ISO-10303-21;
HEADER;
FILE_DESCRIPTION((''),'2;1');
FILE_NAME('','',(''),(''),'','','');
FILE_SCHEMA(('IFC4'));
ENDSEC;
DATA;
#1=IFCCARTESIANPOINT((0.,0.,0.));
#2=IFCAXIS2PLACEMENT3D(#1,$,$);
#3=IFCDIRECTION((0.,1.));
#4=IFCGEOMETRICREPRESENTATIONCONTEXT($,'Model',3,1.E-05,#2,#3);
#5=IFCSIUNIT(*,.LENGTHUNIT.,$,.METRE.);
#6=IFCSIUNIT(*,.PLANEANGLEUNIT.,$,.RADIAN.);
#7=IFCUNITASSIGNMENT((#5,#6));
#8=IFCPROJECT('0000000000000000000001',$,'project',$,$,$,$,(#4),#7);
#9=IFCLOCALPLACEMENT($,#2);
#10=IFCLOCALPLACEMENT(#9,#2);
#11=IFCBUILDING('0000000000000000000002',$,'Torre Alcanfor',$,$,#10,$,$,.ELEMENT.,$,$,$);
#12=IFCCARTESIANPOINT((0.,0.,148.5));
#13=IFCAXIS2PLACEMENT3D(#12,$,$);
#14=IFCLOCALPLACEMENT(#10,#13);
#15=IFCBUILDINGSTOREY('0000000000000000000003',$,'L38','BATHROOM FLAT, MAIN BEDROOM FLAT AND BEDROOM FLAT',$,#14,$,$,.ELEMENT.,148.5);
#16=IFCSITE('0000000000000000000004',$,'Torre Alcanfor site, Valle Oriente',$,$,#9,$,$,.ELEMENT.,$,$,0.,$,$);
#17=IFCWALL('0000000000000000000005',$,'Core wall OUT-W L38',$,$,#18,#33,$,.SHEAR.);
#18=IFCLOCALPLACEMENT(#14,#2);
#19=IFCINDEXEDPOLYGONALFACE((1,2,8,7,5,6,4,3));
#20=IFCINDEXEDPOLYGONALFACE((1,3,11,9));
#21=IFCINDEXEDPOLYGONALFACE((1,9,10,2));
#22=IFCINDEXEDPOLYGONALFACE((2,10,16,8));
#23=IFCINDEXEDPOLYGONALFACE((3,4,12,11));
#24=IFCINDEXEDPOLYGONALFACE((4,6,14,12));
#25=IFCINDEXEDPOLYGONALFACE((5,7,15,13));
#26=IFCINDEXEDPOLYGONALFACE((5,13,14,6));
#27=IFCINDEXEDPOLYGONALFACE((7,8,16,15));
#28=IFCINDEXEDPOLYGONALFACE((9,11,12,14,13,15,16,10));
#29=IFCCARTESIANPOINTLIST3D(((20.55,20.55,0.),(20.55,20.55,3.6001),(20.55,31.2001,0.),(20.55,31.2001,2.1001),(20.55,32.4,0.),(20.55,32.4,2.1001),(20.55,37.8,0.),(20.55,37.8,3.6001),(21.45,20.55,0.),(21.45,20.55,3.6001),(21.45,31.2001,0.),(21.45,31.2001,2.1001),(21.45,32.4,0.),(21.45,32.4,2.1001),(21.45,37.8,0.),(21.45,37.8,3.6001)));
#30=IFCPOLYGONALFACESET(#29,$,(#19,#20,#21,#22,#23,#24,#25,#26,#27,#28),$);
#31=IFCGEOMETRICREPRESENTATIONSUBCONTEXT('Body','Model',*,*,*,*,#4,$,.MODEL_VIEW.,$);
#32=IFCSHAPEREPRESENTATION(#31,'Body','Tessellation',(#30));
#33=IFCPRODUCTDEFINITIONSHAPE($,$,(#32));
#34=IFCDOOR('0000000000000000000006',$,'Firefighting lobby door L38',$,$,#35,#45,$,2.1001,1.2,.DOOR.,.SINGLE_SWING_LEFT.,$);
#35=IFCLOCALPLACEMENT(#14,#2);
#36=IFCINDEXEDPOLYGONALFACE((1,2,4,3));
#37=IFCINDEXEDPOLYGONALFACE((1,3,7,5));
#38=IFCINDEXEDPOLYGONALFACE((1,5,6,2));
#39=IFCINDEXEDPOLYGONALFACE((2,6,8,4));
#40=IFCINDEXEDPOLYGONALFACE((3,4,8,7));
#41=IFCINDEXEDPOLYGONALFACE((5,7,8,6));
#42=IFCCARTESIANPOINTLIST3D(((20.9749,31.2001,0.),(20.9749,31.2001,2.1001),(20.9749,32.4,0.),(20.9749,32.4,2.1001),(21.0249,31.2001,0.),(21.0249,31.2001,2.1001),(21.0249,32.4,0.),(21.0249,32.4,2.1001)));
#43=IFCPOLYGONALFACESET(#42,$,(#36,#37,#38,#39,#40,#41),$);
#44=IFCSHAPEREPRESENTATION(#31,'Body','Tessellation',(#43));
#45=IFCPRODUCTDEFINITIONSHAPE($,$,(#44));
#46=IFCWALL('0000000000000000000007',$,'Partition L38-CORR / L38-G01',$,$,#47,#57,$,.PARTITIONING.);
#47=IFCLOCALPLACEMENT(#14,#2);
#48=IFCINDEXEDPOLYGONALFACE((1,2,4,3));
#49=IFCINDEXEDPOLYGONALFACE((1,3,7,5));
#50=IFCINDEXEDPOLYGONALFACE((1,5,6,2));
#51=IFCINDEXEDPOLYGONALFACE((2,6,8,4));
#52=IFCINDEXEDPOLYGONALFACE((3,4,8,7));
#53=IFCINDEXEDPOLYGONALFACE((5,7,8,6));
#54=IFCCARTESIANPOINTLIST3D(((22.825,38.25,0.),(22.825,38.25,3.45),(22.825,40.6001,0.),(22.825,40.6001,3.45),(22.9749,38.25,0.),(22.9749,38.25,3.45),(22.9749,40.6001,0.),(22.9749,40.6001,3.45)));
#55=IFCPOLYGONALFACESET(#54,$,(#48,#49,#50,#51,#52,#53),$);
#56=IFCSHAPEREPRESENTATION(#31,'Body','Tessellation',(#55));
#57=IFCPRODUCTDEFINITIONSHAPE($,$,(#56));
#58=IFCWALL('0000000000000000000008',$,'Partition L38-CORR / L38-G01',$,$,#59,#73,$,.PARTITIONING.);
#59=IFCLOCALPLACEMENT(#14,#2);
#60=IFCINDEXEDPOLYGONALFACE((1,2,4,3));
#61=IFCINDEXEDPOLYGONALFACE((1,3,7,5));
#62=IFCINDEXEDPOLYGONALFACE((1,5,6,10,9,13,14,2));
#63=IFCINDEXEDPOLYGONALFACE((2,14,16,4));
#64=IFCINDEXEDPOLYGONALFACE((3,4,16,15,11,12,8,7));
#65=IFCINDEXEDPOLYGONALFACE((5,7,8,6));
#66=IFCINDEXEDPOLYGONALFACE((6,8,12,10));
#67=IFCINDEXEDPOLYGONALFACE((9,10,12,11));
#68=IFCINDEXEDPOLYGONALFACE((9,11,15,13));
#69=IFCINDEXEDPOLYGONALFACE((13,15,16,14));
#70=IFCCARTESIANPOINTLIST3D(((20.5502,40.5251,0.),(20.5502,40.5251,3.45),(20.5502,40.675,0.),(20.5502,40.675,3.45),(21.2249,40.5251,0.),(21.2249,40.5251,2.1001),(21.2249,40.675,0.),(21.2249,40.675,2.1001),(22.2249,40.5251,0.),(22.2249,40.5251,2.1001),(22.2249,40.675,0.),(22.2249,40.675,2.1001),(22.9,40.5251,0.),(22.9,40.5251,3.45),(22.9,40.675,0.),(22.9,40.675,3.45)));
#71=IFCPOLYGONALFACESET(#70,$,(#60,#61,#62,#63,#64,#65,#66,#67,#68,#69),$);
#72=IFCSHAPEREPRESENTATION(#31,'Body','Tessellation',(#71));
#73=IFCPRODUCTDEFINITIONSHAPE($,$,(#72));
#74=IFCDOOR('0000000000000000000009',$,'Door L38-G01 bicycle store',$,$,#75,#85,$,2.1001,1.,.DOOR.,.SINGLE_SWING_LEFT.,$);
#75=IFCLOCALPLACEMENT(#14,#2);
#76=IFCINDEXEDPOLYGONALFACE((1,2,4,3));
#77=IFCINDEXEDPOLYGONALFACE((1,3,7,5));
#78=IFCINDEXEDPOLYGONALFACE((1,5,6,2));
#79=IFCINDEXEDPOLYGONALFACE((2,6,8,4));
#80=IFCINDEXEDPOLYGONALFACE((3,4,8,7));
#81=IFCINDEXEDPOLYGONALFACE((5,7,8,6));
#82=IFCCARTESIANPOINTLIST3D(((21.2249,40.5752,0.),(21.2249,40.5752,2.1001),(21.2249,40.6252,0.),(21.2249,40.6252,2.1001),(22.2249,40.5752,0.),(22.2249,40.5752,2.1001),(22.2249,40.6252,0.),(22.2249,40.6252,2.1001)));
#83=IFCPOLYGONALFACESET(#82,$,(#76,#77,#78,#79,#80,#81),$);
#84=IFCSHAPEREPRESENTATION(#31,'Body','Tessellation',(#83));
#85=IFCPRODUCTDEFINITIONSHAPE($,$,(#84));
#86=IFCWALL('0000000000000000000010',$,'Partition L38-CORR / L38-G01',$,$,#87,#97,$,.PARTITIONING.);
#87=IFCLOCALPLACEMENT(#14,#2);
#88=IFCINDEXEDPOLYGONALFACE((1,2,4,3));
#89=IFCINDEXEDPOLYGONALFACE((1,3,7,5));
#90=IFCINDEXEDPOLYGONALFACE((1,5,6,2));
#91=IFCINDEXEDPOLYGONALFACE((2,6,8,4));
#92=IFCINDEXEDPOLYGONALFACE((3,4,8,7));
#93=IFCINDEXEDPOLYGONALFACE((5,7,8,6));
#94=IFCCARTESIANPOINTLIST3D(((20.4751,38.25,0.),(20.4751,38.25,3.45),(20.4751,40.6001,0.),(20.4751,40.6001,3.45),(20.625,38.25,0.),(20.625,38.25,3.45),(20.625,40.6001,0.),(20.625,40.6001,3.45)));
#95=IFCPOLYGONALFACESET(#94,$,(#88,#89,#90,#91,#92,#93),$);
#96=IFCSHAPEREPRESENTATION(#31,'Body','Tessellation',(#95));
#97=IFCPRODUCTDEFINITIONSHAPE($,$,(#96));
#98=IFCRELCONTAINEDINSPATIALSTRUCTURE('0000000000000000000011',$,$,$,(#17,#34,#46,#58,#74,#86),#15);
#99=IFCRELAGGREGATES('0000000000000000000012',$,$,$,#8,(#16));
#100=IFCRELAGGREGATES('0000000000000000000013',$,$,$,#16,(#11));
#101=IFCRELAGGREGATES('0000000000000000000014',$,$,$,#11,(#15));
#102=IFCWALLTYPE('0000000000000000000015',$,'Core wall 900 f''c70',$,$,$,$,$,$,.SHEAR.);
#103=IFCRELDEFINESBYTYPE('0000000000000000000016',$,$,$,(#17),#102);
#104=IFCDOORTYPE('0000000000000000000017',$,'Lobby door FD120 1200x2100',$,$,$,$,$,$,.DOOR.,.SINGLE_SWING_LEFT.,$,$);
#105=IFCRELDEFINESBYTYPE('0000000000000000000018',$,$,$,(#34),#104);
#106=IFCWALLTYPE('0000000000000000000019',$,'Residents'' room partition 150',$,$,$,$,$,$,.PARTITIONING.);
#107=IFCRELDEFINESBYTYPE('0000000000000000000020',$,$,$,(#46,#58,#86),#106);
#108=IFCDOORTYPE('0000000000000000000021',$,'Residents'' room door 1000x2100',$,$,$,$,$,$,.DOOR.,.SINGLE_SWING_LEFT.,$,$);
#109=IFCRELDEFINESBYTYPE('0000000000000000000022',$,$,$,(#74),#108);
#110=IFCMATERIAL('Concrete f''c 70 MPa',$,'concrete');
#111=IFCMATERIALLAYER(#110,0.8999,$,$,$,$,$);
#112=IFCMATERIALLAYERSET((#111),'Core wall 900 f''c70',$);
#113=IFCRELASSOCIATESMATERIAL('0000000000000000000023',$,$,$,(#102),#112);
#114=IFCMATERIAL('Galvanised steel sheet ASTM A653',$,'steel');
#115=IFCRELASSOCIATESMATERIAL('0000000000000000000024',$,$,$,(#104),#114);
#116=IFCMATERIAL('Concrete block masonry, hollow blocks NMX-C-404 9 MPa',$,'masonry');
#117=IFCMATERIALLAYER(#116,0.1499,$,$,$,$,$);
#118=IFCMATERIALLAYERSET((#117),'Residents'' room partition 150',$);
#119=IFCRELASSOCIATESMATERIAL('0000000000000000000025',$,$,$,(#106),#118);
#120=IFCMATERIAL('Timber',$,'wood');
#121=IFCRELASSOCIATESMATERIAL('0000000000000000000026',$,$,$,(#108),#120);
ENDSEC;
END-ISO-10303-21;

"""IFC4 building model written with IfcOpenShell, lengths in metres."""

from ifc_helpers import new_model, si_unit, direction, frame, frame_2d, origin, place, context, subcontext, project, spatial, rectangle, extrude, material, layer, layer_set, type_object, element, fill, save


model = new_model("IFC4")

# Units and contexts
model_context = context("Model", 3, precision=1e-05, world=origin(), true_north=direction((0.0, 1.0)))
body_context = subcontext(model_context, "Body", "Model", "MODEL_VIEW")
ifc_project = project(units=[si_unit("LENGTHUNIT", "METRE"), si_unit("PLANEANGLEUNIT", "RADIAN")], contexts=[model_context])

# Site, building, storey
site_placement = place(None, origin())
site = spatial("IfcSite", under=ifc_project, at=site_placement, Name="Torre Alcanfor site, Valle Oriente", CompositionType="ELEMENT", RefElevation=0.0)
building_placement = place(site_placement, origin())
building = spatial("IfcBuilding", under=site, at=building_placement, Name="Torre Alcanfor", CompositionType="ELEMENT")
storey_placement = place(building_placement, frame((0.0, 0.0, 148.5)))
storey = spatial("IfcBuildingStorey", under=building, at=storey_placement, Name="L38", Description="BATHROOM FLAT, MAIN BEDROOM FLAT AND BEDROOM FLAT", CompositionType="ELEMENT", Elevation=148.5)

# Wall, opening, door
ifc_material_1 = material(Name="Concrete f'c 70 MPa", Category="concrete")
ifc_layer_1 = layer(ifc_material_1, 0.8999)
ifc_layer_set_1 = layer_set([ifc_layer_1], Name="Core wall 900 f'c70")
wall_type_1 = type_object("IfcWallType", Name="Core wall 900 f'c70", PredefinedType="SHEAR", material=ifc_layer_set_1)
wall_1_placement = place(storey_placement, frame((21.0, 37.8, 0.0), z_axis=(0.0, 0.0, 1.0), x_axis=(0.0, -1.0, 0.0)))
wall_1 = element("IfcWall", 1, at=wall_1_placement, inside=storey, type_object=wall_type_1, Name="Core wall OUT-W L38", PredefinedType="SHEAR", context=body_context, shape_type="SweptSolid", body=[
    extrude(rectangle(XDim=17.25, YDim=0.8999, at=frame_2d((8.625, 0.0))), origin(), (0.0, 0.0, 1.0), 3.6001),
])
opening_1_placement = place(wall_1_placement, frame((5.3999, 0.0, 0.0)))
opening_1 = element("IfcOpeningElement", 2, at=opening_1_placement, cuts=wall_1, PredefinedType="OPENING", context=body_context, shape_type="SweptSolid", body=[
    extrude(rectangle(XDim=1.2, YDim=2.1001, at=frame_2d((0.6001, 1.05))), frame((0.0, 0.46, 0.0), z_axis=(0.0, -1.0, 0.0), x_axis=(1.0, 0.0, 0.0)), (0.0, 0.0, 1.0), 0.9199),
])
ifc_material_2 = material(Name="Galvanised steel sheet ASTM A653", Category="steel")
door_type_1 = type_object("IfcDoorType", Name="Lobby door FD120 1200x2100", OperationType="SINGLE_SWING_LEFT", PredefinedType="DOOR", material=ifc_material_2)
door_1_placement = place(opening_1_placement, origin())
door_1 = element("IfcDoor", 3, at=door_1_placement, inside=storey, type_object=door_type_1, Name="Firefighting lobby door L38", OperationType="SINGLE_SWING_LEFT", OverallHeight=2.1001, OverallWidth=1.2, PredefinedType="DOOR", context=body_context, shape_type="SweptSolid", body=[
    extrude(rectangle(XDim=1.2, YDim=2.1001, at=frame_2d((0.6001, 1.05))), frame((0.0, 0.0249, 0.0), z_axis=(0.0, -1.0, 0.0), x_axis=(1.0, 0.0, 0.0)), (0.0, 0.0, 1.0), 0.05),
])
fill(opening_1, door_1)

# Wall
ifc_material_3 = material(Name="Concrete block masonry, hollow blocks NMX-C-404 9 MPa", Category="masonry")
ifc_layer_2 = layer(ifc_material_3, 0.1499)
ifc_layer_set_2 = layer_set([ifc_layer_2], Name="Residents' room partition 150")
wall_type_2 = type_object("IfcWallType", Name="Residents' room partition 150", PredefinedType="PARTITIONING", material=ifc_layer_set_2)
wall_2_placement = place(storey_placement, frame((22.8999, 38.25, 0.0), z_axis=(0.0, 0.0, 1.0), x_axis=(0.0, 1.0, 0.0)))
element("IfcWall", 4, at=wall_2_placement, inside=storey, type_object=wall_type_2, Name="Partition L38-CORR / L38-G01", PredefinedType="PARTITIONING", context=body_context, shape_type="SweptSolid", body=[
    extrude(rectangle(XDim=2.3501, YDim=0.1499, at=frame_2d((1.175, 0.0))), origin(), (0.0, 0.0, 1.0), 3.45),
])

# Wall, opening, door
wall_3_placement = place(storey_placement, frame((22.8999, 40.6001, 0.0), z_axis=(0.0, 0.0, 1.0), x_axis=(-1.0, 0.0, 0.0)))
wall_3 = element("IfcWall", 5, at=wall_3_placement, inside=storey, type_object=wall_type_2, Name="Partition L38-CORR / L38-G01", PredefinedType="PARTITIONING", context=body_context, shape_type="SweptSolid", body=[
    extrude(rectangle(XDim=2.3499, YDim=0.1499, at=frame_2d((1.1748, 0.0))), origin(), (0.0, 0.0, 1.0), 3.45),
])
opening_2_placement = place(wall_3_placement, frame((0.675, 0.0, 0.0)))
opening_2 = element("IfcOpeningElement", 6, at=opening_2_placement, cuts=wall_3, PredefinedType="OPENING", context=body_context, shape_type="SweptSolid", body=[
    extrude(rectangle(XDim=1.0, YDim=2.1001, at=frame_2d((0.5, 1.05))), frame((0.0, 0.085, 0.0), z_axis=(0.0, -1.0, 0.0), x_axis=(1.0, 0.0, 0.0)), (0.0, 0.0, 1.0), 0.1699),
])
ifc_material_4 = material(Name="Timber", Category="wood")
door_type_2 = type_object("IfcDoorType", Name="Residents' room door 1000x2100", OperationType="SINGLE_SWING_LEFT", PredefinedType="DOOR", material=ifc_material_4)
door_2_placement = place(opening_2_placement, origin())
door_2 = element("IfcDoor", 7, at=door_2_placement, inside=storey, type_object=door_type_2, Name="Door L38-G01 bicycle store", OperationType="SINGLE_SWING_LEFT", OverallHeight=2.1001, OverallWidth=1.0, PredefinedType="DOOR", context=body_context, shape_type="SweptSolid", body=[
    extrude(rectangle(XDim=1.0, YDim=2.1001, at=frame_2d((0.5, 1.05))), frame((0.0, 0.0249, 0.0), z_axis=(0.0, -1.0, 0.0), x_axis=(1.0, 0.0, 0.0)), (0.0, 0.0, 1.0), 0.05),
])
fill(opening_2, door_2)

# Wall
wall_4_placement = place(storey_placement, frame((20.55, 40.6001, 0.0), z_axis=(0.0, 0.0, 1.0), x_axis=(0.0, -1.0, 0.0)))
element("IfcWall", 8, at=wall_4_placement, inside=storey, type_object=wall_type_2, Name="Partition L38-CORR / L38-G01", PredefinedType="PARTITIONING", context=body_context, shape_type="SweptSolid", body=[
    extrude(rectangle(XDim=2.3501, YDim=0.1499, at=frame_2d((1.175, 0.0))), origin(), (0.0, 0.0, 1.0), 3.45),
])

save(model, "model.ifc")
